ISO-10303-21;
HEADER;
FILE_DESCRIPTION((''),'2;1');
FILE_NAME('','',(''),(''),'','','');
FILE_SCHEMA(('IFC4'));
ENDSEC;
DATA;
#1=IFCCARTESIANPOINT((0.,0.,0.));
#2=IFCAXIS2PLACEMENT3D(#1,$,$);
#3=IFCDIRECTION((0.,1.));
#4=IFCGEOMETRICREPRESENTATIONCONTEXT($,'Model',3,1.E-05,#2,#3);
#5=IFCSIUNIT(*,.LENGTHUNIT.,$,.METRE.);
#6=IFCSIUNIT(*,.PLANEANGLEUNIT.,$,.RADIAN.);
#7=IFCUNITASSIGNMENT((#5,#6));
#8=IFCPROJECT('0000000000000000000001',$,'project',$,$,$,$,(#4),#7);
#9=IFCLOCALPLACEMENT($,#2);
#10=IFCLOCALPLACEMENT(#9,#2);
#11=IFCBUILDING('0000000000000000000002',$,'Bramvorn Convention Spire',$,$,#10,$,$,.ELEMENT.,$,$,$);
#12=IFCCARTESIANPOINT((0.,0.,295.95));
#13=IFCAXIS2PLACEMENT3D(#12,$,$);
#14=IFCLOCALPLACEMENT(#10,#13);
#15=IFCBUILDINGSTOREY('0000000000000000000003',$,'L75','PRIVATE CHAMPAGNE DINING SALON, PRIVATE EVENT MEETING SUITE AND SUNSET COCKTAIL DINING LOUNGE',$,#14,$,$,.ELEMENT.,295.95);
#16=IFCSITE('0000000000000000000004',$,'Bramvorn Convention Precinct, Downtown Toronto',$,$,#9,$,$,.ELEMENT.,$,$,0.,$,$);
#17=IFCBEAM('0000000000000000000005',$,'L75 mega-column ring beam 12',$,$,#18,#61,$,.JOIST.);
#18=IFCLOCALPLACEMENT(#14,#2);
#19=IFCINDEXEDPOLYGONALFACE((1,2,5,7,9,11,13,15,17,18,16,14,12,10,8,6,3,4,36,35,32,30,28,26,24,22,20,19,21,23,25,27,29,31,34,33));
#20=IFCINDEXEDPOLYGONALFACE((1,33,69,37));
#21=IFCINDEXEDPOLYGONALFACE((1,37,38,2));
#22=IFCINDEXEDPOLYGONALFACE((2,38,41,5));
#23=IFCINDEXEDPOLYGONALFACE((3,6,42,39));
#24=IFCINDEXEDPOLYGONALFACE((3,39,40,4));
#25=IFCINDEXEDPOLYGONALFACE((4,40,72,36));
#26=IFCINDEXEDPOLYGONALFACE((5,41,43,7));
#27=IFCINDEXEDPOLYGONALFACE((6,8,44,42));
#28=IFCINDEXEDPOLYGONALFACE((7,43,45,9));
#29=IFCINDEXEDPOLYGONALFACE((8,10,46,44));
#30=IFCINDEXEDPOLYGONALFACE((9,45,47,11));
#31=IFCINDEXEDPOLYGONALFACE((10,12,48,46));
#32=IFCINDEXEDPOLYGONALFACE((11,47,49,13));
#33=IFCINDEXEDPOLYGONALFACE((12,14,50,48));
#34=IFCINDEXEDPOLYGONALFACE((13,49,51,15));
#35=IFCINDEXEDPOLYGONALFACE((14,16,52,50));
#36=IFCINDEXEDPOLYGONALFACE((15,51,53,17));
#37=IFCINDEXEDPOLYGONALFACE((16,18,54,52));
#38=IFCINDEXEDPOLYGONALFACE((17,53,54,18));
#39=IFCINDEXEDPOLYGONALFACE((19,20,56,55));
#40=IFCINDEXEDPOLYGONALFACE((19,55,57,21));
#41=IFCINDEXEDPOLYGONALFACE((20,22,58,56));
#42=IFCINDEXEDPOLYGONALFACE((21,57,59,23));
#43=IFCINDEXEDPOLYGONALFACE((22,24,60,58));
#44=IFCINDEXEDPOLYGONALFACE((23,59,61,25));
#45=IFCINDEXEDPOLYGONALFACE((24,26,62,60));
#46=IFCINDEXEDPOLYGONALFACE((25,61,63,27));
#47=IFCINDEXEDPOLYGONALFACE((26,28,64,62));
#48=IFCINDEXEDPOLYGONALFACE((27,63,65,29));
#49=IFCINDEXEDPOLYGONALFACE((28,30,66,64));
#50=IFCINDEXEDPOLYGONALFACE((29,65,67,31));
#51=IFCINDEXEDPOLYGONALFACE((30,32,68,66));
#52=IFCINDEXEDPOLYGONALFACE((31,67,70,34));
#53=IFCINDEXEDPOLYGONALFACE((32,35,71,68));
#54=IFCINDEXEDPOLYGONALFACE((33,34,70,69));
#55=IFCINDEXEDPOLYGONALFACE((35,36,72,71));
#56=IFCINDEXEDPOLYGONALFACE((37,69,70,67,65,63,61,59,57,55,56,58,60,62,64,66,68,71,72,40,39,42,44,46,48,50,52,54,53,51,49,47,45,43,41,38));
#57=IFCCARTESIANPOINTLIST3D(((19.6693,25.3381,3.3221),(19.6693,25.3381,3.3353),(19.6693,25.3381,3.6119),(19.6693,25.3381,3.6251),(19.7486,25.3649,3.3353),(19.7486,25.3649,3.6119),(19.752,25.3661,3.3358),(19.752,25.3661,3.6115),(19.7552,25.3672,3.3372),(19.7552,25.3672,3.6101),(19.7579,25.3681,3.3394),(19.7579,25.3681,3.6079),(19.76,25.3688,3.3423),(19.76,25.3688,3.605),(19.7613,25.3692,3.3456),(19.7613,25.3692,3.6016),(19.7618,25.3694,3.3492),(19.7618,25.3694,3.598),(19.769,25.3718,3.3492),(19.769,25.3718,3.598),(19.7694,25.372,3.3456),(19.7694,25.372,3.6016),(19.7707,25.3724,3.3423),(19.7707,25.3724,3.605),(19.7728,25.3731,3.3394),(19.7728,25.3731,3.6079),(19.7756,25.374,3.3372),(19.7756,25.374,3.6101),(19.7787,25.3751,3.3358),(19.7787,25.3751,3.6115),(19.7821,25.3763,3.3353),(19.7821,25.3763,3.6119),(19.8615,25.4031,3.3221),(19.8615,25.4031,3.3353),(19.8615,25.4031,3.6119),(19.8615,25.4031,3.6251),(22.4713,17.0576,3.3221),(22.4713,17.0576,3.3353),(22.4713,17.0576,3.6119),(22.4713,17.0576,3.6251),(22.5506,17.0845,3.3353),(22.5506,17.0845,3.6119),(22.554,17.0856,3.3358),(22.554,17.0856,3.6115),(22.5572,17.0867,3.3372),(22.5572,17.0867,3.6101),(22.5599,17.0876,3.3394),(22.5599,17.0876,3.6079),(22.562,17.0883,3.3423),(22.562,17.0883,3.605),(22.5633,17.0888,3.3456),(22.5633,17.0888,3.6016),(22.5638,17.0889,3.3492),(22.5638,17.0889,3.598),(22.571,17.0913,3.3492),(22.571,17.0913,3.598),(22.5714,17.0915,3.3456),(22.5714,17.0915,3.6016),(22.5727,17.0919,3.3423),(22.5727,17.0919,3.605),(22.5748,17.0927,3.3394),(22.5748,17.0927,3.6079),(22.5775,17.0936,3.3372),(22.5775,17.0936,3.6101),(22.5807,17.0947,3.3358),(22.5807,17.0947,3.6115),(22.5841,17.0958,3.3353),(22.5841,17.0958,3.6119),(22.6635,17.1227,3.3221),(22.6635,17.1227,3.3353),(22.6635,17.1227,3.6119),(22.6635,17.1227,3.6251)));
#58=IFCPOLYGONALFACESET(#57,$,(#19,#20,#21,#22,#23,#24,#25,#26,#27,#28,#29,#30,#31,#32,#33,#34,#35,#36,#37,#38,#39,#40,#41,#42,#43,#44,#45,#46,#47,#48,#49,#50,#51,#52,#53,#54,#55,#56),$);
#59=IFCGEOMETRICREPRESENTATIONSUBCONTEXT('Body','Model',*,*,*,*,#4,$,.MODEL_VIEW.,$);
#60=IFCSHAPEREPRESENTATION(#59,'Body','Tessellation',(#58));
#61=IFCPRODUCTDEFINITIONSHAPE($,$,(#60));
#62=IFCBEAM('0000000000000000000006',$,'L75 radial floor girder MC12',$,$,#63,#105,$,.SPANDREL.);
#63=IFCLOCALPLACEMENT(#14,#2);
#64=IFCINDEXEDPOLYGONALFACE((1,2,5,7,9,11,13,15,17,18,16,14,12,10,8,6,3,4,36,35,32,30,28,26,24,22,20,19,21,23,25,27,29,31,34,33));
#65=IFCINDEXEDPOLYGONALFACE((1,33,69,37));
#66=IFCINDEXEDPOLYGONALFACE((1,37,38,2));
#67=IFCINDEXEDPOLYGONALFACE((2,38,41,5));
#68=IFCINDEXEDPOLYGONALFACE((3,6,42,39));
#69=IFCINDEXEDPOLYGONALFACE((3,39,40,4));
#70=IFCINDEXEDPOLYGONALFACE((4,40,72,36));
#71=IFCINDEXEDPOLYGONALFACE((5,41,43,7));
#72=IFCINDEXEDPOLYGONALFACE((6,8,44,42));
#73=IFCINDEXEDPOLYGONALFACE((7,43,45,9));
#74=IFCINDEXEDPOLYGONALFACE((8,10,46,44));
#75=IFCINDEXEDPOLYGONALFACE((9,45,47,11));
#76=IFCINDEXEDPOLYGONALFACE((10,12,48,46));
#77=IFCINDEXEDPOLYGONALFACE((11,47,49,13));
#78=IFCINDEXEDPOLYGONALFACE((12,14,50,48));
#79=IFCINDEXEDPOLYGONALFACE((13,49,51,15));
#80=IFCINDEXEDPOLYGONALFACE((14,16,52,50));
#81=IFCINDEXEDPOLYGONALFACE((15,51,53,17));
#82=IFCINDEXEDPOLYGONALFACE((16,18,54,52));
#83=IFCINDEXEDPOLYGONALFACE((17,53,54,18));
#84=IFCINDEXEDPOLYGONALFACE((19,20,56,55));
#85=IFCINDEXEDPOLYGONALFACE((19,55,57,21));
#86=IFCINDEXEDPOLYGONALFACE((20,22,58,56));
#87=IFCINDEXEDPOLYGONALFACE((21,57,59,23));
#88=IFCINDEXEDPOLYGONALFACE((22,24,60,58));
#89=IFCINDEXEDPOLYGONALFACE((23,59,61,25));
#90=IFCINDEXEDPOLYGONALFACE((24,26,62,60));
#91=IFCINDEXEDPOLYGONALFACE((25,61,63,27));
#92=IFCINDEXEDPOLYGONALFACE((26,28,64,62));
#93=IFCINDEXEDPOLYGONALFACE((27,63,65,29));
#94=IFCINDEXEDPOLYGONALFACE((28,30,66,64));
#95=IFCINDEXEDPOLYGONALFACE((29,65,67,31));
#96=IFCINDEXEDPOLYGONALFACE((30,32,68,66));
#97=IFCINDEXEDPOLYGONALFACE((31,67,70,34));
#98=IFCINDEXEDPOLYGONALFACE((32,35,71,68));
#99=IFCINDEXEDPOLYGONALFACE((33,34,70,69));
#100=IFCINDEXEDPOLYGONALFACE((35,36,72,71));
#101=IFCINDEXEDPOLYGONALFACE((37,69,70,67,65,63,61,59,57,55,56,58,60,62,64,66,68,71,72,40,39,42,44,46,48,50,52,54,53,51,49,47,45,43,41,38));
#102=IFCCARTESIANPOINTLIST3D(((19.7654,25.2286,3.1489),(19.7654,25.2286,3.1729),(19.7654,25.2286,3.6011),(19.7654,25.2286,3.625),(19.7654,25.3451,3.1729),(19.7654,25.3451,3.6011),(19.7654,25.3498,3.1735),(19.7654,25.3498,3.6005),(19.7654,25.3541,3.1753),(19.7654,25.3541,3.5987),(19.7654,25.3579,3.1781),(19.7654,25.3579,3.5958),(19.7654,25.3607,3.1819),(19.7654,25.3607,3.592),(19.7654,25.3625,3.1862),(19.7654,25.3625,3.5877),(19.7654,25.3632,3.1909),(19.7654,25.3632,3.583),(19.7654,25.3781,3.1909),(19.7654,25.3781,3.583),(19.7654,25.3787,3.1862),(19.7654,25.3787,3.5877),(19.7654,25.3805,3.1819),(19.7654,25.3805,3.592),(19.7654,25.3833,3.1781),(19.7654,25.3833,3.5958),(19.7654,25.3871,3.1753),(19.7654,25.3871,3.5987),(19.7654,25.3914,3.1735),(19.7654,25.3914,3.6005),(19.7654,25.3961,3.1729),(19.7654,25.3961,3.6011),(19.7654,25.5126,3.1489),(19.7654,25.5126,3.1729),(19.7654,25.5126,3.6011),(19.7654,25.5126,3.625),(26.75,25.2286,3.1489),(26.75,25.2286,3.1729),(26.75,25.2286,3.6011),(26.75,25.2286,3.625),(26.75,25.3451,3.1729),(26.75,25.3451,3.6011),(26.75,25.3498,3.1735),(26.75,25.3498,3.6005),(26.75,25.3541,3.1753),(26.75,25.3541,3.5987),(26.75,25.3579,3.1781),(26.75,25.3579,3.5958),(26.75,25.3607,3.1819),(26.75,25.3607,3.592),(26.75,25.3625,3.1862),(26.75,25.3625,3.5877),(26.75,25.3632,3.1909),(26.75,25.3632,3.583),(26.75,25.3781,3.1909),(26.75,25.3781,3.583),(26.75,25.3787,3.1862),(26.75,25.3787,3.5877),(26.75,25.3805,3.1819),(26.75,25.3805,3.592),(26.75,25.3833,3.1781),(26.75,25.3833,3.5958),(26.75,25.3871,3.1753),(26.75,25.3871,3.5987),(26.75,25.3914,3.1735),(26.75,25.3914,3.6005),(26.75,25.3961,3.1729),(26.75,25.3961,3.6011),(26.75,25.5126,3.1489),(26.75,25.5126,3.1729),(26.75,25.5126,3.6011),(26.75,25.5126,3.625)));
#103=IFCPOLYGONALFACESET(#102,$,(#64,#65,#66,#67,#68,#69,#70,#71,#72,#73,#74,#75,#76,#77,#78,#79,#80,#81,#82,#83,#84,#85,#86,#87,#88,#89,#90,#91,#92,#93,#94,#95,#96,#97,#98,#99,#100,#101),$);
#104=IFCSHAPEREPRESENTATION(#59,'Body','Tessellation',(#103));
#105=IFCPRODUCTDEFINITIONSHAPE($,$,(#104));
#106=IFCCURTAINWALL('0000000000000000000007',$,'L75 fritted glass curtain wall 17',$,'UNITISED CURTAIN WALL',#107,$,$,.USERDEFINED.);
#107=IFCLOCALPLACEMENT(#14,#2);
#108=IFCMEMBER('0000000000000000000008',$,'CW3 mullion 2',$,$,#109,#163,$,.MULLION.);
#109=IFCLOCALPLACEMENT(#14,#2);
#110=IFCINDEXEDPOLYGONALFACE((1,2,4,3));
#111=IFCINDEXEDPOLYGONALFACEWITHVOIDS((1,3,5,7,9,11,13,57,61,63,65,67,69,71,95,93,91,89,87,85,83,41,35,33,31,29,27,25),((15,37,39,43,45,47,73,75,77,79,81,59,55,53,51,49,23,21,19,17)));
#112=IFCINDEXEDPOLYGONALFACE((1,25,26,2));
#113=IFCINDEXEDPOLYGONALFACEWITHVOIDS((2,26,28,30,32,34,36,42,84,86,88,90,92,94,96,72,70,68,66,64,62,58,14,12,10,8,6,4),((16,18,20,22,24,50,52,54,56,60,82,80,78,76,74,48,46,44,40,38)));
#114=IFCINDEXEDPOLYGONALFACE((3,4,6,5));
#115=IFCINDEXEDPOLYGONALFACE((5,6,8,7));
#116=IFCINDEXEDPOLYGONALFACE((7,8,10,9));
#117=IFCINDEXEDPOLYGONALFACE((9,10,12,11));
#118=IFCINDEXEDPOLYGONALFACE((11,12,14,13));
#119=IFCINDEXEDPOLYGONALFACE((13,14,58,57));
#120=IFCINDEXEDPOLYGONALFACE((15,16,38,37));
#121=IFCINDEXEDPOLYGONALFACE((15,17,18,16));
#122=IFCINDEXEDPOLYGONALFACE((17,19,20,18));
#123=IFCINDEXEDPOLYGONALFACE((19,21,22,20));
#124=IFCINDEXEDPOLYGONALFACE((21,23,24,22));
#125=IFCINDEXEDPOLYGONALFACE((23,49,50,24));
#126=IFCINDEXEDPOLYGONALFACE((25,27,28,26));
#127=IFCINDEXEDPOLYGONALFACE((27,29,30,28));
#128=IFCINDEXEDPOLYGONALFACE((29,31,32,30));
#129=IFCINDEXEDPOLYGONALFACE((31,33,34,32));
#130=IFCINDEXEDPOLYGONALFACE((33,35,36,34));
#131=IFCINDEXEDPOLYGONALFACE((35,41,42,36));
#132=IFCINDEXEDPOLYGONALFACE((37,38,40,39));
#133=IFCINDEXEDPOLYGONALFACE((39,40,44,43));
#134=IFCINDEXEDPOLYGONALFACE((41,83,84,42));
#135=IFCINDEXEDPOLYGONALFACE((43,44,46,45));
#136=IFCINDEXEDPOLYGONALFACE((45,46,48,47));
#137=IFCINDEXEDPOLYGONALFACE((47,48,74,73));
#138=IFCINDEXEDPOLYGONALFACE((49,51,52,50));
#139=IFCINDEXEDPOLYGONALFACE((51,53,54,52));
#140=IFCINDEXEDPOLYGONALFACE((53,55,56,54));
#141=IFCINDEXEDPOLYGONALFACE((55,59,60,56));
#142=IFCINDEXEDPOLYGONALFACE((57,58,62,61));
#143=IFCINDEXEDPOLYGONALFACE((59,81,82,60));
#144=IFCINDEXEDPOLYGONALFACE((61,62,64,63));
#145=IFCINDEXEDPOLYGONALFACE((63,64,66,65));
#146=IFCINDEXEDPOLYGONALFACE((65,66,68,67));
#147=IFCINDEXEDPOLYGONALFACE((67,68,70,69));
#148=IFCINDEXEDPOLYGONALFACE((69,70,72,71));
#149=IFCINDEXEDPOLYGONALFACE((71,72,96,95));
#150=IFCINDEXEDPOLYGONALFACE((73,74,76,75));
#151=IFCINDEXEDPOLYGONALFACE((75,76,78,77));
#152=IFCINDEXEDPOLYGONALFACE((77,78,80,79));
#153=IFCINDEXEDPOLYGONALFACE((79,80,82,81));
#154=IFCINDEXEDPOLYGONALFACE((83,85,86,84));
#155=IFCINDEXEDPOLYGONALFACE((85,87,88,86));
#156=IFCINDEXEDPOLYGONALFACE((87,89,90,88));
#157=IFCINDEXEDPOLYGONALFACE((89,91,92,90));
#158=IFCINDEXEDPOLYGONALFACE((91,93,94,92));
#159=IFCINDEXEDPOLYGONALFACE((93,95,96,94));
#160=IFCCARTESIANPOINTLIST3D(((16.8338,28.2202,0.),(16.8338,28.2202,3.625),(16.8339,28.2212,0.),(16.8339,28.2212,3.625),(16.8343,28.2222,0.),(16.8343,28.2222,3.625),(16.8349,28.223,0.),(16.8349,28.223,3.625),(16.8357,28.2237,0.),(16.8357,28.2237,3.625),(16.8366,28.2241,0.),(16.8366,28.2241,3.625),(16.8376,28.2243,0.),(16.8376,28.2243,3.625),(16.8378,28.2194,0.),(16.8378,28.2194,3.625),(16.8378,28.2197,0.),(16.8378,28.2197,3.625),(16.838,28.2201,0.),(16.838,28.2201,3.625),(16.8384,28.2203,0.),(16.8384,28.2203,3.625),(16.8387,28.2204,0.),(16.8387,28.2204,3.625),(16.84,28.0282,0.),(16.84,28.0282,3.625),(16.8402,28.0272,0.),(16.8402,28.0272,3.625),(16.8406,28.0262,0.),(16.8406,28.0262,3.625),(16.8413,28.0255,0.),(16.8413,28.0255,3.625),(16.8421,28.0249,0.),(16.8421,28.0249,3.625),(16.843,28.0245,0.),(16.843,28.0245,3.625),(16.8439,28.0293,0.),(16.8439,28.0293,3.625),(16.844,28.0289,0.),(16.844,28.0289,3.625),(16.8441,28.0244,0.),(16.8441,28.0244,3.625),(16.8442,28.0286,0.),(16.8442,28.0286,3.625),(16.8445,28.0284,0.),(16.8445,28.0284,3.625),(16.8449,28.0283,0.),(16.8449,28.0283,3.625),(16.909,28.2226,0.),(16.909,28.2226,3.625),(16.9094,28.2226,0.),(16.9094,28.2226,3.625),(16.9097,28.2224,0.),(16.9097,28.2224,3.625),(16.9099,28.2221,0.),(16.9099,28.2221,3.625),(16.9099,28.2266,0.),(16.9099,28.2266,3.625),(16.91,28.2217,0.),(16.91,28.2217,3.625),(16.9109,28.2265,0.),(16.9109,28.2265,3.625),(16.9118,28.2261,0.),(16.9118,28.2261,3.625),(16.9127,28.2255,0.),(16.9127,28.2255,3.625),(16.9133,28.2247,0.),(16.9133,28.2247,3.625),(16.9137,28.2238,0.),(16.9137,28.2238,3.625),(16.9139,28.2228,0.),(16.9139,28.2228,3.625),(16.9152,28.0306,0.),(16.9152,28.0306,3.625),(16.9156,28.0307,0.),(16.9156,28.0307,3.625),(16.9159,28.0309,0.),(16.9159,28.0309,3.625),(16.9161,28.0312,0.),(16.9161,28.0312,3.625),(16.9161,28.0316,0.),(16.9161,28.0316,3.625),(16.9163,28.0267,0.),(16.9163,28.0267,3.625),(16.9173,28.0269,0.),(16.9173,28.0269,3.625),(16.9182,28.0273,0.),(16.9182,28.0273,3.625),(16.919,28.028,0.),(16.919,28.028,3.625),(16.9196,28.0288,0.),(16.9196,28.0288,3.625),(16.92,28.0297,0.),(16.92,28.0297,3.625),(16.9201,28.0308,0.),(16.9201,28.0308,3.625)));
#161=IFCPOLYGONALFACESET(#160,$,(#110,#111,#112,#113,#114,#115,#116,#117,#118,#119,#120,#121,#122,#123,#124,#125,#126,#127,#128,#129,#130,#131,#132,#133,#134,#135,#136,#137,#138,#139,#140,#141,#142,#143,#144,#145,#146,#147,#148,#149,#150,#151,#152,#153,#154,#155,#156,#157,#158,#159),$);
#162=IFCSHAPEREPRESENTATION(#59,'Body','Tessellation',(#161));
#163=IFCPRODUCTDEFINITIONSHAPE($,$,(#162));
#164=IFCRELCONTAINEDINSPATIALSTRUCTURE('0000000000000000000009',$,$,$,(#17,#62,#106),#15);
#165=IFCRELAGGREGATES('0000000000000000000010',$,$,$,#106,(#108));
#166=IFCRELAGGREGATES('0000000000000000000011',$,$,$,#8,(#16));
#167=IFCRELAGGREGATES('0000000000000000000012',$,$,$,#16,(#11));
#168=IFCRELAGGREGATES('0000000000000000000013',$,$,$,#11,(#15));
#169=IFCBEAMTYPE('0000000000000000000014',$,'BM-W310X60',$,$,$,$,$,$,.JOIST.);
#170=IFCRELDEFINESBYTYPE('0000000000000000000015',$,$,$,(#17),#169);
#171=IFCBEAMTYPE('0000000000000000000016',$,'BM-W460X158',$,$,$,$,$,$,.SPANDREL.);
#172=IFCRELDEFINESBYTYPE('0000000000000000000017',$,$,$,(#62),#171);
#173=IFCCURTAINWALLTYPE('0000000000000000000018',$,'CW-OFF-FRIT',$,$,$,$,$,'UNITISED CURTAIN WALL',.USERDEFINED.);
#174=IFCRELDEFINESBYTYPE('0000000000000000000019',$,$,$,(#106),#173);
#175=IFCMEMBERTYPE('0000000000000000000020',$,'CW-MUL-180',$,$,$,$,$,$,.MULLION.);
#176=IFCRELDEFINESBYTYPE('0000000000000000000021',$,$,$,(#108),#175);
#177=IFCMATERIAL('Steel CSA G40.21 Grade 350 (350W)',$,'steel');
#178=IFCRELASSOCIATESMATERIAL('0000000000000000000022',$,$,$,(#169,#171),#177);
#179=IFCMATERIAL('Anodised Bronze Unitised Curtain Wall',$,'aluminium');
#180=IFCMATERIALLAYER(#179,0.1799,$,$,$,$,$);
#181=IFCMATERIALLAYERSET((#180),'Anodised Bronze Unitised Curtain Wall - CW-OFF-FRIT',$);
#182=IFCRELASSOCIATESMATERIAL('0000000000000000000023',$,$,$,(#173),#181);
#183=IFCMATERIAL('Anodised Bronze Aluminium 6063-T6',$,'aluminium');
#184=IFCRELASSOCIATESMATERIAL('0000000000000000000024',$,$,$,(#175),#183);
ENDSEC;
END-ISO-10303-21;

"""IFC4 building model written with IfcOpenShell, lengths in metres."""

from ifc_helpers import new_model, si_unit, direction, frame, origin, origin_2d, place, context, subcontext, project, spatial, hollow_rectangle, i_section, extrude, material, layer, layer_set, material_profile, profile_set, type_object, element, aggregate, save


model = new_model("IFC4")

# Units and contexts
model_context = context("Model", 3, precision=1e-05, world=origin(), true_north=direction((0.0, 1.0)))
body_context = subcontext(model_context, "Body", "Model", "MODEL_VIEW")
ifc_project = project(units=[si_unit("LENGTHUNIT", "METRE"), si_unit("PLANEANGLEUNIT", "RADIAN")], contexts=[model_context])

# Site, building, storey
site_placement = place(None, origin())
site = spatial("IfcSite", under=ifc_project, at=site_placement, Name="Bramvorn Convention Precinct, Downtown Toronto", CompositionType="ELEMENT", RefElevation=0.0)
building_placement = place(site_placement, origin())
building = spatial("IfcBuilding", under=site, at=building_placement, Name="Bramvorn Convention Spire", CompositionType="ELEMENT")
storey_placement = place(building_placement, frame((0.0, 0.0, 295.95)))
storey = spatial("IfcBuildingStorey", under=building, at=storey_placement, Name="L75", Description="PRIVATE CHAMPAGNE DINING SALON, PRIVATE EVENT MEETING SUITE AND SUNSET COCKTAIL DINING LOUNGE", CompositionType="ELEMENT", Elevation=295.95)

# Shared definitions
ifc_material_1 = material(Name="Steel CSA G40.21 Grade 350 (350W)", Category="steel")

# Beams
ifc_material_profile_1 = material_profile(ifc_material_1, i_section(OverallWidth=0.2029, OverallDepth=0.303, WebThickness=0.0076, FlangeThickness=0.0132, FilletRadius=0.0139, at=origin_2d()))
ifc_profile_set_1 = profile_set([ifc_material_profile_1], Name="Steel CSA G40.21 Grade 350 (350W) - W310X60")
beam_type_1 = type_object("IfcBeamType", Name="BM-W310X60", PredefinedType="JOIST", material=ifc_profile_set_1)
beam_1_placement = place(storey_placement, frame((19.7654, 25.3706, 3.4736), z_axis=(0.320531, -0.947238, 0.0), x_axis=(0.947238, 0.320531, 0.0)))
element("IfcBeam", 1, at=beam_1_placement, inside=storey, type_object=beam_type_1, Name="L75 mega-column ring beam 12", PredefinedType="JOIST", context=body_context, shape_type="SweptSolid", body=[
    extrude(i_section(OverallWidth=0.2029, OverallDepth=0.303, WebThickness=0.0076, FlangeThickness=0.0132, FilletRadius=0.0139, at=origin_2d()), origin(), (0.0, 0.0, 1.0), 8.7417),
])
ifc_material_profile_2 = material_profile(ifc_material_1, i_section(OverallWidth=0.2839, OverallDepth=0.4761, WebThickness=0.0149, FlangeThickness=0.0239, FilletRadius=0.0181, at=origin_2d()))
ifc_profile_set_2 = profile_set([ifc_material_profile_2], Name="Steel CSA G40.21 Grade 350 (350W) - W460X158")
beam_type_2 = type_object("IfcBeamType", Name="BM-W460X158", PredefinedType="SPANDREL", material=ifc_profile_set_2)
beam_2_placement = place(storey_placement, frame((26.75, 25.3706, 3.387), z_axis=(-1.0, 0.0, 0.0), x_axis=(0.0, -1.0, 0.0)))
element("IfcBeam", 2, at=beam_2_placement, inside=storey, type_object=beam_type_2, Name="L75 radial floor girder MC12", PredefinedType="SPANDREL", context=body_context, shape_type="SweptSolid", body=[
    extrude(i_section(OverallWidth=0.2839, OverallDepth=0.4761, WebThickness=0.0149, FlangeThickness=0.0239, FilletRadius=0.0181, at=origin_2d()), origin(), (0.0, 0.0, 1.0), 6.9846),
])

# Curtain wall, member
ifc_material_2 = material(Name="Anodised Bronze Unitised Curtain Wall", Category="aluminium")
ifc_layer_1 = layer(ifc_material_2, 0.1799)
ifc_layer_set_1 = layer_set([ifc_layer_1], Name="Anodised Bronze Unitised Curtain Wall - CW-OFF-FRIT")
curtain_wall_type = type_object("IfcCurtainWallType", Name="CW-OFF-FRIT", ElementType="UNITISED CURTAIN WALL", PredefinedType="USERDEFINED", material=ifc_layer_set_1)
curtain_wall_placement = place(storey_placement, origin())
curtain_wall = element("IfcCurtainWall", 3, at=curtain_wall_placement, inside=storey, type_object=curtain_wall_type, Name="L75 fritted glass curtain wall 17", ObjectType="UNITISED CURTAIN WALL", PredefinedType="USERDEFINED")
ifc_material_3 = material(Name="Anodised Bronze Aluminium 6063-T6", Category="aluminium")
ifc_material_profile_3 = material_profile(ifc_material_3, hollow_rectangle(XDim=0.0801, YDim=0.2, WallThickness=0.0039, InnerFilletRadius=0.001, OuterFilletRadius=0.0039, at=origin_2d()))
ifc_profile_set_3 = profile_set([ifc_material_profile_3], Name="Anodised Bronze Aluminium 6063-T6 - CWM80X200")
member_type_1 = type_object("IfcMemberType", Name="CW-MUL-180", PredefinedType="MULLION", material=ifc_profile_set_3)
member_1_placement = place(storey_placement, frame((16.877, 28.1255, 0.0), z_axis=(0.0, 0.0, 1.0), x_axis=(-0.999483, -0.032147, 0.0)))
member_1 = element("IfcMember", 4, at=member_1_placement, type_object=member_type_1, Name="CW3 mullion 2", PredefinedType="MULLION", context=body_context, shape_type="SweptSolid", body=[
    extrude(hollow_rectangle(XDim=0.0801, YDim=0.2, WallThickness=0.0039, InnerFilletRadius=0.001, OuterFilletRadius=0.0039, at=origin_2d()), origin(), (0.0, 0.0, 1.0), 3.625),
])
aggregate(curtain_wall, [member_1])

save(model, "model.ifc")
